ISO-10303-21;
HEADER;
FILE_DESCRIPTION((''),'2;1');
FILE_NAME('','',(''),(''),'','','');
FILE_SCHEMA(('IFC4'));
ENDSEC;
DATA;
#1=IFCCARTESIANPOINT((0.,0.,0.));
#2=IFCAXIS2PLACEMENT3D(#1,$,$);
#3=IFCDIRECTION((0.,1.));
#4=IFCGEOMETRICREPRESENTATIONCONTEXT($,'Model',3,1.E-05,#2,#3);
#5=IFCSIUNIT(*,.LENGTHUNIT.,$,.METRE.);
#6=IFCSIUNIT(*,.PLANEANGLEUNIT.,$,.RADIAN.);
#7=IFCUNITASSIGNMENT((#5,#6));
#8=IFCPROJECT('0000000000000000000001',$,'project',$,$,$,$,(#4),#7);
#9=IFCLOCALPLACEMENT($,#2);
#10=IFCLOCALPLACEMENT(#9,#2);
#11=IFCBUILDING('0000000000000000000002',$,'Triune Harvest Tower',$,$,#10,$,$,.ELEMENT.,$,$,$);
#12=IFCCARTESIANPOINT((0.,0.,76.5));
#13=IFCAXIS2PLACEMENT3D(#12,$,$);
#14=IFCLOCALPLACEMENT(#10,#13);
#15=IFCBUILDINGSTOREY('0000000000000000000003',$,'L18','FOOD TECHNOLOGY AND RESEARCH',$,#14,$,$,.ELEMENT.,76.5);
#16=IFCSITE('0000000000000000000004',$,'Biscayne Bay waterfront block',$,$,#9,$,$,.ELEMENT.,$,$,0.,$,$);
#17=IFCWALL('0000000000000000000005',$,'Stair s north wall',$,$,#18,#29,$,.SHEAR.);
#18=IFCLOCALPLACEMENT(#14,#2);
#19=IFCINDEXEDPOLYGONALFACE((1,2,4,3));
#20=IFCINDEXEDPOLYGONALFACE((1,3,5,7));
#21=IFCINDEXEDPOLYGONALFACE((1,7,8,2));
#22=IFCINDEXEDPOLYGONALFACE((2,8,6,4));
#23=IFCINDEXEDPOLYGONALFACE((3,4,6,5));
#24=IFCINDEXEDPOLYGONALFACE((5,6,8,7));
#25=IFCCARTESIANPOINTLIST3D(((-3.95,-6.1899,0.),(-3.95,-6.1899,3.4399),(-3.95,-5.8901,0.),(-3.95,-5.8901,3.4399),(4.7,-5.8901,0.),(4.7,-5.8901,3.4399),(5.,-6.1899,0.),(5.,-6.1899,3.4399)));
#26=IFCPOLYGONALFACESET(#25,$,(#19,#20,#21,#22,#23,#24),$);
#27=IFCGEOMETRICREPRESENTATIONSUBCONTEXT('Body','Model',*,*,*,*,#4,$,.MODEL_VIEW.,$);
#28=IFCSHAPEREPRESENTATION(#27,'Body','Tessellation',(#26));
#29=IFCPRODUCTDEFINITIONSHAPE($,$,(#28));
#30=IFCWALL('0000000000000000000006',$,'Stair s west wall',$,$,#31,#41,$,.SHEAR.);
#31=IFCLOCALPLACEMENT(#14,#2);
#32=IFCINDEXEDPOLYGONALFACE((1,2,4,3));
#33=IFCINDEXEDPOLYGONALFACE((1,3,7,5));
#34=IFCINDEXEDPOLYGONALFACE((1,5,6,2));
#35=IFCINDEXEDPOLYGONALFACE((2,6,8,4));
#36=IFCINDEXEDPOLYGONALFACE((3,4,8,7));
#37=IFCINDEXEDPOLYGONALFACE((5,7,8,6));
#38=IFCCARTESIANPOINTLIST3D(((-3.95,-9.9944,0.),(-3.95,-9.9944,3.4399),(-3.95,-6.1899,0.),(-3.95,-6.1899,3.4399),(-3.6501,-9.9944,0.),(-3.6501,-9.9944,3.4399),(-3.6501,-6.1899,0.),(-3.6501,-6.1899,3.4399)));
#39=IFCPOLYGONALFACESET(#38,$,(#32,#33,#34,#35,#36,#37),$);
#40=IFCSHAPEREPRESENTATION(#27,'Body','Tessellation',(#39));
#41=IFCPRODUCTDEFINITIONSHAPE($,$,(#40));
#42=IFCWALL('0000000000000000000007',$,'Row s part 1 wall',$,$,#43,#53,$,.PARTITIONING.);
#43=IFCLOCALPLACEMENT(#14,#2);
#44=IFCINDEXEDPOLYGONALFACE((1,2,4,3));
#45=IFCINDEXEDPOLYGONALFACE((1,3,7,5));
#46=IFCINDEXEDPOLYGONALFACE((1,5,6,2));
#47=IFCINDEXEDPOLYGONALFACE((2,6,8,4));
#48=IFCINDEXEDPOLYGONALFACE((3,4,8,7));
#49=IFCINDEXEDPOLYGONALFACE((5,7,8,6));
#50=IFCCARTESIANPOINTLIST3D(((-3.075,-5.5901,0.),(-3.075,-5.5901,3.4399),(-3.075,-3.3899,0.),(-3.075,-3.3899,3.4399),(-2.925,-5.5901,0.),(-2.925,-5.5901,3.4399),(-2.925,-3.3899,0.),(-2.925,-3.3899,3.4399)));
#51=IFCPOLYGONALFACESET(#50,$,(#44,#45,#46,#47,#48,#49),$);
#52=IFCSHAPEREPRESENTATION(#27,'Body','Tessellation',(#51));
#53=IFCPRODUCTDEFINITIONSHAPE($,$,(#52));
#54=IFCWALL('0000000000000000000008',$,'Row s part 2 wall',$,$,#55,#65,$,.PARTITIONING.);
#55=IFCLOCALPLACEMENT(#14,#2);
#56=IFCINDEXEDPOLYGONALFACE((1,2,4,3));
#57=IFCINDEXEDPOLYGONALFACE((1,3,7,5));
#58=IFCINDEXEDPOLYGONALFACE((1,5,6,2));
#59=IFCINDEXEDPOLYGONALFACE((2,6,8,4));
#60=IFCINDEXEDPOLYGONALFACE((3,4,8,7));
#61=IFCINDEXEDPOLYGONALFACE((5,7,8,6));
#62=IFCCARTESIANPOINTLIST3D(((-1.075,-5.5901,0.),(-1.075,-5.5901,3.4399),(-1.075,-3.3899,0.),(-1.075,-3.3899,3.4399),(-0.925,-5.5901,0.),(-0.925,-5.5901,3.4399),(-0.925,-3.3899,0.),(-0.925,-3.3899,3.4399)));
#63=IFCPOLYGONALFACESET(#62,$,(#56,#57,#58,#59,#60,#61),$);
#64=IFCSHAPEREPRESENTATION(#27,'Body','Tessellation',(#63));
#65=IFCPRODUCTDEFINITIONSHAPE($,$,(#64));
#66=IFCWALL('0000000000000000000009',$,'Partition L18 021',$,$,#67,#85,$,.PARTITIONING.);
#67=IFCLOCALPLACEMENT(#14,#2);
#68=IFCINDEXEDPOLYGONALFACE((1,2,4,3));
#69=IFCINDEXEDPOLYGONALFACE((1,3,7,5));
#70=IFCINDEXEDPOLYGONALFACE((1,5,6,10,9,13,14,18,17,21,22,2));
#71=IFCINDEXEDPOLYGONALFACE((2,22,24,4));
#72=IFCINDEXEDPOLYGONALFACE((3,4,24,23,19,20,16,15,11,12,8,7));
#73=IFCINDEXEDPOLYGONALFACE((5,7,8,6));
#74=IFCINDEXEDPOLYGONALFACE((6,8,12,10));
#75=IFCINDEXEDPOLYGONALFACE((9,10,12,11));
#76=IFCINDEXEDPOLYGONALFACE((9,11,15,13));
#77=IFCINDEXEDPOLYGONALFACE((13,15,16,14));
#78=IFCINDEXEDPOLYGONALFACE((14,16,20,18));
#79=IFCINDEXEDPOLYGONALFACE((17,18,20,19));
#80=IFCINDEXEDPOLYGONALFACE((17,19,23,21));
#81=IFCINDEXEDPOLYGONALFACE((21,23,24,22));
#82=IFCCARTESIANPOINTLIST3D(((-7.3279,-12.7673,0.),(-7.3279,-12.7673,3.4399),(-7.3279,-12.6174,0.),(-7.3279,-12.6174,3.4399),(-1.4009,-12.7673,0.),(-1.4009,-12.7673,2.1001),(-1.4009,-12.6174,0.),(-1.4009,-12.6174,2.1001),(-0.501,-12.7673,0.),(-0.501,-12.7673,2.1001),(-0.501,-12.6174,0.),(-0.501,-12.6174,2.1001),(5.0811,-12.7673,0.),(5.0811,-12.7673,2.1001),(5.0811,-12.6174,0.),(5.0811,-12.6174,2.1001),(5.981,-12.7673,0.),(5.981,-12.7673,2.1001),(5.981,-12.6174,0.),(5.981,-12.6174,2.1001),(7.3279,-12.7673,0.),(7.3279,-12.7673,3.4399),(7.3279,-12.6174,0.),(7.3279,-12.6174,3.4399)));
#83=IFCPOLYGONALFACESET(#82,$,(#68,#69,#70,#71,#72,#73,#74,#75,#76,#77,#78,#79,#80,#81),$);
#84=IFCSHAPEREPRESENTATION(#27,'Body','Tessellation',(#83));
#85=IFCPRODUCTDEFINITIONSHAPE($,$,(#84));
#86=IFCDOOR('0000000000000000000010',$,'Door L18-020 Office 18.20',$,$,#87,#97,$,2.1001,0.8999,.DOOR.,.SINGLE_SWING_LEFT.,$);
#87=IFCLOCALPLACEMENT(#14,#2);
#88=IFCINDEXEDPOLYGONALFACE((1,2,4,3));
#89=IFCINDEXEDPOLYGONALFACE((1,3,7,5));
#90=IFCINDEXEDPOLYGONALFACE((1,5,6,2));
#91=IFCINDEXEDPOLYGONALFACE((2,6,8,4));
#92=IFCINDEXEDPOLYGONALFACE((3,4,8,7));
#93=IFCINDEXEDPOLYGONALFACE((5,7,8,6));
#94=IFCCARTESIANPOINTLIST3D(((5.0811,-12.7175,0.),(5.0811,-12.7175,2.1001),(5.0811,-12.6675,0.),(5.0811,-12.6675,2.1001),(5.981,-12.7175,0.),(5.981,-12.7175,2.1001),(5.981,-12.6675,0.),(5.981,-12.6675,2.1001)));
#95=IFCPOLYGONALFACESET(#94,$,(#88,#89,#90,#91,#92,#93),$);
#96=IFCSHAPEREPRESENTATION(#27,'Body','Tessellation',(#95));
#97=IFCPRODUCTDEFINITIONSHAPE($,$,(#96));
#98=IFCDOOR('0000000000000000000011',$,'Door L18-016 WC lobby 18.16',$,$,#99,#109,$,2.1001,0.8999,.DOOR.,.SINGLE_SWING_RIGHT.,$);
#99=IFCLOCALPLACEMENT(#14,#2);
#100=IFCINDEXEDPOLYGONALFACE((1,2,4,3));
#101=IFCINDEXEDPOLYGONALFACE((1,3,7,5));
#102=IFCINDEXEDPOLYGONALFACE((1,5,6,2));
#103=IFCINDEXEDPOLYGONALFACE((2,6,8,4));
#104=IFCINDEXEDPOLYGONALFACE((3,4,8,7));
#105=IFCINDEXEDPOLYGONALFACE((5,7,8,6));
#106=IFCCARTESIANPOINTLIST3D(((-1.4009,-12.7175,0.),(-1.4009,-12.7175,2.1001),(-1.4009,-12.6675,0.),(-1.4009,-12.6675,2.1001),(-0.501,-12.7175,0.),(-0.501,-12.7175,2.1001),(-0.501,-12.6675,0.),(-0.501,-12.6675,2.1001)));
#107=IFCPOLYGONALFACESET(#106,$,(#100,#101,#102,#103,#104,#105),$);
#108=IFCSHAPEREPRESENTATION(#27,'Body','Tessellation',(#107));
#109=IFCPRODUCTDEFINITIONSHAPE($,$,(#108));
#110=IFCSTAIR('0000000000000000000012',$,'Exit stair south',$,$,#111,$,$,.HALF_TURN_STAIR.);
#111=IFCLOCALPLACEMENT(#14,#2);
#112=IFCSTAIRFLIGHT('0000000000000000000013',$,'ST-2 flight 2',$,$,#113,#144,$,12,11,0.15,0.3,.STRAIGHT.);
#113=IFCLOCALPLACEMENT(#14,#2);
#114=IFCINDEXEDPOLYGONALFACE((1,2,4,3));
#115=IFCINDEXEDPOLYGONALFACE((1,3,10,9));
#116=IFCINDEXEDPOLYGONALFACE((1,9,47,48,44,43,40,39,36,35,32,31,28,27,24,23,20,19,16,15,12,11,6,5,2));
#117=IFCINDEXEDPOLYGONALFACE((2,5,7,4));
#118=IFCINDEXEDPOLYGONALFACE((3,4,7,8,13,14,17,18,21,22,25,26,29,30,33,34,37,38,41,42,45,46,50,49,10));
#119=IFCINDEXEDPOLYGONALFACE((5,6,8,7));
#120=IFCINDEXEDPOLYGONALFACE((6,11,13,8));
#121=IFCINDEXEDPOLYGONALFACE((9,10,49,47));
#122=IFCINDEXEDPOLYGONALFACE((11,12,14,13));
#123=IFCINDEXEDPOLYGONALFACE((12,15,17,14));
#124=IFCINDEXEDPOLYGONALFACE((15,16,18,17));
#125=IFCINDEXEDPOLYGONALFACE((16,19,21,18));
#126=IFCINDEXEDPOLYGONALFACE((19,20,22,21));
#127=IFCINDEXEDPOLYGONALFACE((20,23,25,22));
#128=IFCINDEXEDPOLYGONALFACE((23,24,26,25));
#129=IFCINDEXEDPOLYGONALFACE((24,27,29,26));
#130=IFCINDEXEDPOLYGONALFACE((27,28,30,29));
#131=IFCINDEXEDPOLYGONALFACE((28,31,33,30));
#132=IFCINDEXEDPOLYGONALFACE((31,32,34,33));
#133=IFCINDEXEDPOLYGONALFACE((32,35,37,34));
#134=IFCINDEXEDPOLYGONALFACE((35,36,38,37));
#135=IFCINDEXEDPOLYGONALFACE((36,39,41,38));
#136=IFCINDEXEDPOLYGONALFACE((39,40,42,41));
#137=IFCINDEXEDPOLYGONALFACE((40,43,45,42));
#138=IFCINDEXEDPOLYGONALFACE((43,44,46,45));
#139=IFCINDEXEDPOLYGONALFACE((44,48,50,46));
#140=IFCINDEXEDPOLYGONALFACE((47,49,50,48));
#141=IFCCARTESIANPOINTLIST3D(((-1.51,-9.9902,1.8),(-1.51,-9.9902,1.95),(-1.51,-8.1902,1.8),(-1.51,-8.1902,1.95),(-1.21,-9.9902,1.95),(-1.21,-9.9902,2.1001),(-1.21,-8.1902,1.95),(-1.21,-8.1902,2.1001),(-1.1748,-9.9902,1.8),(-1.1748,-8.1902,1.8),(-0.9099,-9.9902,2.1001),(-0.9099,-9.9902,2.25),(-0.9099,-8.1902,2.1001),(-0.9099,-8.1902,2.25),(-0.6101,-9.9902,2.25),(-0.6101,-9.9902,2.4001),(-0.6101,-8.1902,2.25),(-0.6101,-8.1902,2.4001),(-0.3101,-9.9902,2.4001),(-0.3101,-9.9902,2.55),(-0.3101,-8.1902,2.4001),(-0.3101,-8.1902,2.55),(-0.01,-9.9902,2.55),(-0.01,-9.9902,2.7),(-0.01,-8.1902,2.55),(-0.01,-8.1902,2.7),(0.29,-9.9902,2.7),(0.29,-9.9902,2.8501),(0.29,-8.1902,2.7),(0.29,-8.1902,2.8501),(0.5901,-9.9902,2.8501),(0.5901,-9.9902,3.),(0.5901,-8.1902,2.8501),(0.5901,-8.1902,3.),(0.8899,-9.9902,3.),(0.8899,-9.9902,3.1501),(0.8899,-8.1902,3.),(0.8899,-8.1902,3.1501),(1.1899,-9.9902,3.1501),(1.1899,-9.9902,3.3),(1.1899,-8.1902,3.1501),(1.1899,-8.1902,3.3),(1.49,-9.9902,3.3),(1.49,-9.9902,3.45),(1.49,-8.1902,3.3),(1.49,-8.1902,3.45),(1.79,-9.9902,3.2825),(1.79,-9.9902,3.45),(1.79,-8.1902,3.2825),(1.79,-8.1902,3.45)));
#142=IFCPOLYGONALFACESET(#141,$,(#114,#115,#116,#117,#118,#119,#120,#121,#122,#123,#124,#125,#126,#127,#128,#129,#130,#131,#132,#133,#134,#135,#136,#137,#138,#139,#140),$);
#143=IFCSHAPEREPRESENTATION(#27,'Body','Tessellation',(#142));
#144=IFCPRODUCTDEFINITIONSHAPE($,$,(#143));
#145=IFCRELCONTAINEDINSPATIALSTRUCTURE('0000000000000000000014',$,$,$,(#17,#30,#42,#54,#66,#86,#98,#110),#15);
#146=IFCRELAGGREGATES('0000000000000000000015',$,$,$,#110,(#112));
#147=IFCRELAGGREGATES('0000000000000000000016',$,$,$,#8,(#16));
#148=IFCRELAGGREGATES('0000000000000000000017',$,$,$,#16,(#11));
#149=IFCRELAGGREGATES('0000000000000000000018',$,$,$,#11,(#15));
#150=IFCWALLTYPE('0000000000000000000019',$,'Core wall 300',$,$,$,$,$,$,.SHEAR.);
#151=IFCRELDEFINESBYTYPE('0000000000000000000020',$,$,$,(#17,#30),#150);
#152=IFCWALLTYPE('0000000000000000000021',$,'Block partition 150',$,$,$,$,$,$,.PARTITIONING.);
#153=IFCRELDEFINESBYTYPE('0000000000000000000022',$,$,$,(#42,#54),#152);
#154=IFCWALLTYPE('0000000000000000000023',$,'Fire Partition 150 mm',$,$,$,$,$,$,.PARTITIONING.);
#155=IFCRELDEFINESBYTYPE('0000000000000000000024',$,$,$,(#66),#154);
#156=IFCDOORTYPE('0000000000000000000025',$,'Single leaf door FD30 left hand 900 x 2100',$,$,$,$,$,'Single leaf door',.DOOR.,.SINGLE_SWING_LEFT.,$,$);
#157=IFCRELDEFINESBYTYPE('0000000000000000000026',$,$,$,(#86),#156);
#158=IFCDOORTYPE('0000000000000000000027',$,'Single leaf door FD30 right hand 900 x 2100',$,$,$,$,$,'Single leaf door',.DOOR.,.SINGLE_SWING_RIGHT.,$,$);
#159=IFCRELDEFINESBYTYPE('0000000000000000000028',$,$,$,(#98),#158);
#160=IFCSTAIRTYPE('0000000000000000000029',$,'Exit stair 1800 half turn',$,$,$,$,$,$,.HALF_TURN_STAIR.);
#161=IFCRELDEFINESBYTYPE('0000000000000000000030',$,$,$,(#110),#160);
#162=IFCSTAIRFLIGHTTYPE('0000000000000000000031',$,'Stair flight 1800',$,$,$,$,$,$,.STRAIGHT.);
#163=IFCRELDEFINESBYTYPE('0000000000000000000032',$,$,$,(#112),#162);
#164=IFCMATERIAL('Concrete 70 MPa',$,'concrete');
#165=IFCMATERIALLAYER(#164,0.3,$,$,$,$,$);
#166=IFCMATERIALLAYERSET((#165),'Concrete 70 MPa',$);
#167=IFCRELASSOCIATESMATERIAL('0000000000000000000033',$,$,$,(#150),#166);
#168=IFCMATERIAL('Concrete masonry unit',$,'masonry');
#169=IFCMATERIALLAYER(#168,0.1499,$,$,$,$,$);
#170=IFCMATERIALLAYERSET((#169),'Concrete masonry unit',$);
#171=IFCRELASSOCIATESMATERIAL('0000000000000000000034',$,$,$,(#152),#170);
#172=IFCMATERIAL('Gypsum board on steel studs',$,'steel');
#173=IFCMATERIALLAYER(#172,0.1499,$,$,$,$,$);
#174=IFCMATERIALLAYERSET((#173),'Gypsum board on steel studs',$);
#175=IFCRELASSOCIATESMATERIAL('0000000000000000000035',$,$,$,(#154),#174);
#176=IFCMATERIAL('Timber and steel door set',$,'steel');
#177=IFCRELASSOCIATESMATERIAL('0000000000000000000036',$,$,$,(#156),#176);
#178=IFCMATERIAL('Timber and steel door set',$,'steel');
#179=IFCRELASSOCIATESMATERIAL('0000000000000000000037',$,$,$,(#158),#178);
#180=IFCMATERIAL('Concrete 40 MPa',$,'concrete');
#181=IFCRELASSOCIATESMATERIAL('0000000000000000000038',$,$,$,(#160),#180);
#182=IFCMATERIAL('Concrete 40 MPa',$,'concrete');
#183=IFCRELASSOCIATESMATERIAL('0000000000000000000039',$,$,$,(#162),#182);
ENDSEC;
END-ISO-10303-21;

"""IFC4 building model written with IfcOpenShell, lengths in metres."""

from ifc_helpers import new_model, si_unit, direction, frame, frame_2d, origin, place, context, subcontext, project, spatial, polyline, rectangle, outline, extrude, source, transform, mapped, material, layer, layer_set, type_object, element, fill, aggregate, save


model = new_model("IFC4")

# Units and contexts
model_context = context("Model", 3, precision=1e-05, world=origin(), true_north=direction((0.0, 1.0)))
body_context = subcontext(model_context, "Body", "Model", "MODEL_VIEW")
ifc_project = project(units=[si_unit("LENGTHUNIT", "METRE"), si_unit("PLANEANGLEUNIT", "RADIAN")], contexts=[model_context])

# Site, building, storey
site_placement = place(None, origin())
site = spatial("IfcSite", under=ifc_project, at=site_placement, Name="Biscayne Bay waterfront block", CompositionType="ELEMENT", RefElevation=0.0)
building_placement = place(site_placement, origin())
building = spatial("IfcBuilding", under=site, at=building_placement, Name="Triune Harvest Tower", CompositionType="ELEMENT")
storey_placement = place(building_placement, frame((0.0, 0.0, 76.5)))
storey = spatial("IfcBuildingStorey", under=building, at=storey_placement, Name="L18", Description="FOOD TECHNOLOGY AND RESEARCH", CompositionType="ELEMENT", Elevation=76.5)

# Shared definitions
ifc_material_1 = material(Name="Concrete 70 MPa", Category="concrete")
ifc_layer_1 = layer(ifc_material_1, 0.3)
ifc_layer_set_1 = layer_set([ifc_layer_1], Name="Concrete 70 MPa")
wall_type_1 = type_object("IfcWallType", Name="Core wall 300", PredefinedType="SHEAR", material=ifc_layer_set_1)

# Walls
shared_shape_1 = source(origin(), body_context, "Body", "SweptSolid", [
    extrude(outline(polyline([(0.0, -0.1499), (8.95, -0.1499), (8.6499, 0.1499), (0.0, 0.1499), (0.0, -0.1499)])), origin(), (0.0, 0.0, 1.0), 3.4399),
])
wall_1_placement = place(storey_placement, frame((-3.95, -6.04, 0.0), z_axis=(0.0, 0.0, 1.0), x_axis=(1.0, 0.0, 0.0)))
element("IfcWall", 1, at=wall_1_placement, inside=storey, type_object=wall_type_1, Name="Stair s north wall", PredefinedType="SHEAR", context=body_context, shape_type="MappedRepresentation", body=[
    mapped(shared_shape_1, transform((0.0, 0.0, 0.0), scale=1.0)),
])
shared_shape_2 = source(origin(), body_context, "Body", "SweptSolid", [
    extrude(outline(polyline([(3.8, -0.1499), (-0.0044, -0.1499), (-0.0044, 0.1499), (3.8, 0.1499), (3.8, -0.1499)])), origin(), (0.0, 0.0, 1.0), 3.4399),
])
wall_2_placement = place(storey_placement, frame((-3.8, -9.99, 0.0), z_axis=(0.0, 0.0, 1.0), x_axis=(0.0, 1.0, 0.0)))
element("IfcWall", 2, at=wall_2_placement, inside=storey, type_object=wall_type_1, Name="Stair s west wall", PredefinedType="SHEAR", context=body_context, shape_type="MappedRepresentation", body=[
    mapped(shared_shape_2, transform((0.0, 0.0, 0.0), scale=1.0)),
])
ifc_material_2 = material(Name="Concrete masonry unit", Category="masonry")
ifc_layer_2 = layer(ifc_material_2, 0.1499)
ifc_layer_set_2 = layer_set([ifc_layer_2], Name="Concrete masonry unit")
wall_type_2 = type_object("IfcWallType", Name="Block partition 150", PredefinedType="PARTITIONING", material=ifc_layer_set_2)
shared_shape_3 = source(origin(), body_context, "Body", "SweptSolid", [
    extrude(rectangle(XDim=2.2002, YDim=0.1499, at=frame_2d((1.1001, 0.0))), origin(), (0.0, 0.0, 1.0), 3.4399),
])
for number, where, z_axis, x_axis, name in (
    (3, (-3.0, -5.5901, 0.0), (0.0, 0.0, 1.0), (0.0, 1.0, 0.0), "Row s part 1 wall"),
    (4, (-1.0, -5.5901, 0.0), (0.0, 0.0, 1.0), (0.0, 1.0, 0.0), "Row s part 2 wall"),
):
    element("IfcWall", number, at=place(storey_placement, frame(where, z_axis=z_axis, x_axis=x_axis)), inside=storey, type_object=wall_type_2, Name=name, PredefinedType="PARTITIONING", context=body_context, shape_type="MappedRepresentation", body=[
        mapped(shared_shape_3, transform((0.0, 0.0, 0.0), scale=1.0)),
    ])

# Wall, openings, doors
ifc_material_3 = material(Name="Gypsum board on steel studs", Category="steel")
ifc_layer_3 = layer(ifc_material_3, 0.1499)
ifc_layer_set_3 = layer_set([ifc_layer_3], Name="Gypsum board on steel studs")
wall_type_3 = type_object("IfcWallType", Name="Fire Partition 150 mm", PredefinedType="PARTITIONING", material=ifc_layer_set_3)
shared_shape_4 = source(origin(), body_context, "Body", "SweptSolid", [
    extrude(rectangle(XDim=14.6558, YDim=0.1499, at=frame_2d((7.3279, 0.0))), origin(), (0.0, 0.0, 1.0), 3.4399),
])
wall_3_placement = place(storey_placement, frame((-7.3279, -12.6924, 0.0), z_axis=(0.0, 0.0, 1.0), x_axis=(1.0, 0.0, 0.0)))
wall_3 = element("IfcWall", 5, at=wall_3_placement, inside=storey, type_object=wall_type_3, Name="Partition L18 021", PredefinedType="PARTITIONING", context=body_context, shape_type="MappedRepresentation", body=[
    mapped(shared_shape_4, transform((0.0, 0.0, 0.0), scale=1.0)),
])
opening_1_placement = place(wall_3_placement, frame((5.927, 0.0, 0.0)))
opening_1 = element("IfcOpeningElement", 6, at=opening_1_placement, cuts=wall_3, PredefinedType="OPENING", context=body_context, shape_type="SweptSolid", body=[
    extrude(rectangle(XDim=0.8999, YDim=2.1001, at=frame_2d((0.45, 1.05))), frame((0.0, 0.085, 0.0), z_axis=(0.0, -1.0, 0.0), x_axis=(1.0, 0.0, 0.0)), (0.0, 0.0, 1.0), 0.1699),
])
opening_2_placement = place(wall_3_placement, frame((12.4089, 0.0, 0.0)))
opening_2 = element("IfcOpeningElement", 7, at=opening_2_placement, cuts=wall_3, PredefinedType="OPENING", context=body_context, shape_type="SweptSolid", body=[
    extrude(rectangle(XDim=0.8999, YDim=2.1001, at=frame_2d((0.45, 1.05))), frame((0.0, 0.085, 0.0), z_axis=(0.0, -1.0, 0.0), x_axis=(1.0, 0.0, 0.0)), (0.0, 0.0, 1.0), 0.1699),
])
ifc_material_4 = material(Name="Timber and steel door set", Category="steel")
door_type_1 = type_object("IfcDoorType", Name="Single leaf door FD30 left hand 900 x 2100", ElementType="Single leaf door", OperationType="SINGLE_SWING_LEFT", PredefinedType="DOOR", material=ifc_material_4)
door_1_placement = place(opening_2_placement, origin())
door_1 = element("IfcDoor", 8, at=door_1_placement, inside=storey, type_object=door_type_1, Name="Door L18-020 Office 18.20", OperationType="SINGLE_SWING_LEFT", OverallHeight=2.1001, OverallWidth=0.8999, PredefinedType="DOOR", context=body_context, shape_type="SweptSolid", body=[
    extrude(rectangle(XDim=0.8999, YDim=2.1001, at=frame_2d((0.45, 1.05))), frame((0.0, 0.0249, 0.0), z_axis=(0.0, -1.0, 0.0), x_axis=(1.0, 0.0, 0.0)), (0.0, 0.0, 1.0), 0.05),
])
fill(opening_2, door_1)
ifc_material_5 = material(Name="Timber and steel door set", Category="steel")
door_type_2 = type_object("IfcDoorType", Name="Single leaf door FD30 right hand 900 x 2100", ElementType="Single leaf door", OperationType="SINGLE_SWING_RIGHT", PredefinedType="DOOR", material=ifc_material_5)
door_2_placement = place(opening_1_placement, origin())
door_2 = element("IfcDoor", 9, at=door_2_placement, inside=storey, type_object=door_type_2, Name="Door L18-016 WC lobby 18.16", OperationType="SINGLE_SWING_RIGHT", OverallHeight=2.1001, OverallWidth=0.8999, PredefinedType="DOOR", context=body_context, shape_type="SweptSolid", body=[
    extrude(rectangle(XDim=0.8999, YDim=2.1001, at=frame_2d((0.45, 1.05))), frame((0.0, 0.0249, 0.0), z_axis=(0.0, -1.0, 0.0), x_axis=(1.0, 0.0, 0.0)), (0.0, 0.0, 1.0), 0.05),
])
fill(opening_1, door_2)

# Stair, stair flight
ifc_material_6 = material(Name="Concrete 40 MPa", Category="concrete")
stair_type = type_object("IfcStairType", Name="Exit stair 1800 half turn", PredefinedType="HALF_TURN_STAIR", material=ifc_material_6)
stair_placement = place(storey_placement, origin())
stair = element("IfcStair", 10, at=stair_placement, inside=storey, type_object=stair_type, Name="Exit stair south", PredefinedType="HALF_TURN_STAIR")
ifc_material_7 = material(Name="Concrete 40 MPa", Category="concrete")
stair_flight_type = type_object("IfcStairFlightType", Name="Stair flight 1800", PredefinedType="STRAIGHT", material=ifc_material_7)
shared_shape_5 = source(origin(), body_context, "Body", "SweptSolid", [
    extrude(outline(polyline([(0.0, 0.0), (0.0, 0.1499), (0.3, 0.1499), (0.3, 0.3), (0.6001, 0.3), (0.6001, 0.45), (0.8999, 0.45), (0.8999, 0.6001), (1.2, 0.6001), (1.2, 0.75), (1.5, 0.75), (1.5, 0.8999), (1.8, 0.8999), (1.8, 1.05), (2.1001, 1.05), (2.1001, 1.2), (2.3999, 1.2), (2.3999, 1.3501), (2.7, 1.3501), (2.7, 1.5), (3.0, 1.5), (3.0, 1.6499), (3.3, 1.6499), (3.3, 1.8), (3.3, 1.4824), (0.3352, 0.0), (0.0, 0.0)])), frame((0.0, 0.8999, 0.0), z_axis=(0.0, -1.0, 0.0), x_axis=(1.0, 0.0, 0.0)), (0.0, 0.0, 1.0), 1.8),
])
stair_flight_placement = place(storey_placement, frame((-1.51, -9.0901, 1.8), z_axis=(0.0, 0.0, 1.0), x_axis=(1.0, 0.0, 0.0)))
stair_flight = element("IfcStairFlight", 11, at=stair_flight_placement, type_object=stair_flight_type, Name="ST-2 flight 2", NumberOfRisers=12, NumberOfTreads=11, PredefinedType="STRAIGHT", RiserHeight=0.15, TreadLength=0.3, context=body_context, shape_type="MappedRepresentation", body=[
    mapped(shared_shape_5, transform((0.0, 0.0, 0.0), scale=1.0)),
])
aggregate(stair, [stair_flight])

save(model, "model.ifc")
